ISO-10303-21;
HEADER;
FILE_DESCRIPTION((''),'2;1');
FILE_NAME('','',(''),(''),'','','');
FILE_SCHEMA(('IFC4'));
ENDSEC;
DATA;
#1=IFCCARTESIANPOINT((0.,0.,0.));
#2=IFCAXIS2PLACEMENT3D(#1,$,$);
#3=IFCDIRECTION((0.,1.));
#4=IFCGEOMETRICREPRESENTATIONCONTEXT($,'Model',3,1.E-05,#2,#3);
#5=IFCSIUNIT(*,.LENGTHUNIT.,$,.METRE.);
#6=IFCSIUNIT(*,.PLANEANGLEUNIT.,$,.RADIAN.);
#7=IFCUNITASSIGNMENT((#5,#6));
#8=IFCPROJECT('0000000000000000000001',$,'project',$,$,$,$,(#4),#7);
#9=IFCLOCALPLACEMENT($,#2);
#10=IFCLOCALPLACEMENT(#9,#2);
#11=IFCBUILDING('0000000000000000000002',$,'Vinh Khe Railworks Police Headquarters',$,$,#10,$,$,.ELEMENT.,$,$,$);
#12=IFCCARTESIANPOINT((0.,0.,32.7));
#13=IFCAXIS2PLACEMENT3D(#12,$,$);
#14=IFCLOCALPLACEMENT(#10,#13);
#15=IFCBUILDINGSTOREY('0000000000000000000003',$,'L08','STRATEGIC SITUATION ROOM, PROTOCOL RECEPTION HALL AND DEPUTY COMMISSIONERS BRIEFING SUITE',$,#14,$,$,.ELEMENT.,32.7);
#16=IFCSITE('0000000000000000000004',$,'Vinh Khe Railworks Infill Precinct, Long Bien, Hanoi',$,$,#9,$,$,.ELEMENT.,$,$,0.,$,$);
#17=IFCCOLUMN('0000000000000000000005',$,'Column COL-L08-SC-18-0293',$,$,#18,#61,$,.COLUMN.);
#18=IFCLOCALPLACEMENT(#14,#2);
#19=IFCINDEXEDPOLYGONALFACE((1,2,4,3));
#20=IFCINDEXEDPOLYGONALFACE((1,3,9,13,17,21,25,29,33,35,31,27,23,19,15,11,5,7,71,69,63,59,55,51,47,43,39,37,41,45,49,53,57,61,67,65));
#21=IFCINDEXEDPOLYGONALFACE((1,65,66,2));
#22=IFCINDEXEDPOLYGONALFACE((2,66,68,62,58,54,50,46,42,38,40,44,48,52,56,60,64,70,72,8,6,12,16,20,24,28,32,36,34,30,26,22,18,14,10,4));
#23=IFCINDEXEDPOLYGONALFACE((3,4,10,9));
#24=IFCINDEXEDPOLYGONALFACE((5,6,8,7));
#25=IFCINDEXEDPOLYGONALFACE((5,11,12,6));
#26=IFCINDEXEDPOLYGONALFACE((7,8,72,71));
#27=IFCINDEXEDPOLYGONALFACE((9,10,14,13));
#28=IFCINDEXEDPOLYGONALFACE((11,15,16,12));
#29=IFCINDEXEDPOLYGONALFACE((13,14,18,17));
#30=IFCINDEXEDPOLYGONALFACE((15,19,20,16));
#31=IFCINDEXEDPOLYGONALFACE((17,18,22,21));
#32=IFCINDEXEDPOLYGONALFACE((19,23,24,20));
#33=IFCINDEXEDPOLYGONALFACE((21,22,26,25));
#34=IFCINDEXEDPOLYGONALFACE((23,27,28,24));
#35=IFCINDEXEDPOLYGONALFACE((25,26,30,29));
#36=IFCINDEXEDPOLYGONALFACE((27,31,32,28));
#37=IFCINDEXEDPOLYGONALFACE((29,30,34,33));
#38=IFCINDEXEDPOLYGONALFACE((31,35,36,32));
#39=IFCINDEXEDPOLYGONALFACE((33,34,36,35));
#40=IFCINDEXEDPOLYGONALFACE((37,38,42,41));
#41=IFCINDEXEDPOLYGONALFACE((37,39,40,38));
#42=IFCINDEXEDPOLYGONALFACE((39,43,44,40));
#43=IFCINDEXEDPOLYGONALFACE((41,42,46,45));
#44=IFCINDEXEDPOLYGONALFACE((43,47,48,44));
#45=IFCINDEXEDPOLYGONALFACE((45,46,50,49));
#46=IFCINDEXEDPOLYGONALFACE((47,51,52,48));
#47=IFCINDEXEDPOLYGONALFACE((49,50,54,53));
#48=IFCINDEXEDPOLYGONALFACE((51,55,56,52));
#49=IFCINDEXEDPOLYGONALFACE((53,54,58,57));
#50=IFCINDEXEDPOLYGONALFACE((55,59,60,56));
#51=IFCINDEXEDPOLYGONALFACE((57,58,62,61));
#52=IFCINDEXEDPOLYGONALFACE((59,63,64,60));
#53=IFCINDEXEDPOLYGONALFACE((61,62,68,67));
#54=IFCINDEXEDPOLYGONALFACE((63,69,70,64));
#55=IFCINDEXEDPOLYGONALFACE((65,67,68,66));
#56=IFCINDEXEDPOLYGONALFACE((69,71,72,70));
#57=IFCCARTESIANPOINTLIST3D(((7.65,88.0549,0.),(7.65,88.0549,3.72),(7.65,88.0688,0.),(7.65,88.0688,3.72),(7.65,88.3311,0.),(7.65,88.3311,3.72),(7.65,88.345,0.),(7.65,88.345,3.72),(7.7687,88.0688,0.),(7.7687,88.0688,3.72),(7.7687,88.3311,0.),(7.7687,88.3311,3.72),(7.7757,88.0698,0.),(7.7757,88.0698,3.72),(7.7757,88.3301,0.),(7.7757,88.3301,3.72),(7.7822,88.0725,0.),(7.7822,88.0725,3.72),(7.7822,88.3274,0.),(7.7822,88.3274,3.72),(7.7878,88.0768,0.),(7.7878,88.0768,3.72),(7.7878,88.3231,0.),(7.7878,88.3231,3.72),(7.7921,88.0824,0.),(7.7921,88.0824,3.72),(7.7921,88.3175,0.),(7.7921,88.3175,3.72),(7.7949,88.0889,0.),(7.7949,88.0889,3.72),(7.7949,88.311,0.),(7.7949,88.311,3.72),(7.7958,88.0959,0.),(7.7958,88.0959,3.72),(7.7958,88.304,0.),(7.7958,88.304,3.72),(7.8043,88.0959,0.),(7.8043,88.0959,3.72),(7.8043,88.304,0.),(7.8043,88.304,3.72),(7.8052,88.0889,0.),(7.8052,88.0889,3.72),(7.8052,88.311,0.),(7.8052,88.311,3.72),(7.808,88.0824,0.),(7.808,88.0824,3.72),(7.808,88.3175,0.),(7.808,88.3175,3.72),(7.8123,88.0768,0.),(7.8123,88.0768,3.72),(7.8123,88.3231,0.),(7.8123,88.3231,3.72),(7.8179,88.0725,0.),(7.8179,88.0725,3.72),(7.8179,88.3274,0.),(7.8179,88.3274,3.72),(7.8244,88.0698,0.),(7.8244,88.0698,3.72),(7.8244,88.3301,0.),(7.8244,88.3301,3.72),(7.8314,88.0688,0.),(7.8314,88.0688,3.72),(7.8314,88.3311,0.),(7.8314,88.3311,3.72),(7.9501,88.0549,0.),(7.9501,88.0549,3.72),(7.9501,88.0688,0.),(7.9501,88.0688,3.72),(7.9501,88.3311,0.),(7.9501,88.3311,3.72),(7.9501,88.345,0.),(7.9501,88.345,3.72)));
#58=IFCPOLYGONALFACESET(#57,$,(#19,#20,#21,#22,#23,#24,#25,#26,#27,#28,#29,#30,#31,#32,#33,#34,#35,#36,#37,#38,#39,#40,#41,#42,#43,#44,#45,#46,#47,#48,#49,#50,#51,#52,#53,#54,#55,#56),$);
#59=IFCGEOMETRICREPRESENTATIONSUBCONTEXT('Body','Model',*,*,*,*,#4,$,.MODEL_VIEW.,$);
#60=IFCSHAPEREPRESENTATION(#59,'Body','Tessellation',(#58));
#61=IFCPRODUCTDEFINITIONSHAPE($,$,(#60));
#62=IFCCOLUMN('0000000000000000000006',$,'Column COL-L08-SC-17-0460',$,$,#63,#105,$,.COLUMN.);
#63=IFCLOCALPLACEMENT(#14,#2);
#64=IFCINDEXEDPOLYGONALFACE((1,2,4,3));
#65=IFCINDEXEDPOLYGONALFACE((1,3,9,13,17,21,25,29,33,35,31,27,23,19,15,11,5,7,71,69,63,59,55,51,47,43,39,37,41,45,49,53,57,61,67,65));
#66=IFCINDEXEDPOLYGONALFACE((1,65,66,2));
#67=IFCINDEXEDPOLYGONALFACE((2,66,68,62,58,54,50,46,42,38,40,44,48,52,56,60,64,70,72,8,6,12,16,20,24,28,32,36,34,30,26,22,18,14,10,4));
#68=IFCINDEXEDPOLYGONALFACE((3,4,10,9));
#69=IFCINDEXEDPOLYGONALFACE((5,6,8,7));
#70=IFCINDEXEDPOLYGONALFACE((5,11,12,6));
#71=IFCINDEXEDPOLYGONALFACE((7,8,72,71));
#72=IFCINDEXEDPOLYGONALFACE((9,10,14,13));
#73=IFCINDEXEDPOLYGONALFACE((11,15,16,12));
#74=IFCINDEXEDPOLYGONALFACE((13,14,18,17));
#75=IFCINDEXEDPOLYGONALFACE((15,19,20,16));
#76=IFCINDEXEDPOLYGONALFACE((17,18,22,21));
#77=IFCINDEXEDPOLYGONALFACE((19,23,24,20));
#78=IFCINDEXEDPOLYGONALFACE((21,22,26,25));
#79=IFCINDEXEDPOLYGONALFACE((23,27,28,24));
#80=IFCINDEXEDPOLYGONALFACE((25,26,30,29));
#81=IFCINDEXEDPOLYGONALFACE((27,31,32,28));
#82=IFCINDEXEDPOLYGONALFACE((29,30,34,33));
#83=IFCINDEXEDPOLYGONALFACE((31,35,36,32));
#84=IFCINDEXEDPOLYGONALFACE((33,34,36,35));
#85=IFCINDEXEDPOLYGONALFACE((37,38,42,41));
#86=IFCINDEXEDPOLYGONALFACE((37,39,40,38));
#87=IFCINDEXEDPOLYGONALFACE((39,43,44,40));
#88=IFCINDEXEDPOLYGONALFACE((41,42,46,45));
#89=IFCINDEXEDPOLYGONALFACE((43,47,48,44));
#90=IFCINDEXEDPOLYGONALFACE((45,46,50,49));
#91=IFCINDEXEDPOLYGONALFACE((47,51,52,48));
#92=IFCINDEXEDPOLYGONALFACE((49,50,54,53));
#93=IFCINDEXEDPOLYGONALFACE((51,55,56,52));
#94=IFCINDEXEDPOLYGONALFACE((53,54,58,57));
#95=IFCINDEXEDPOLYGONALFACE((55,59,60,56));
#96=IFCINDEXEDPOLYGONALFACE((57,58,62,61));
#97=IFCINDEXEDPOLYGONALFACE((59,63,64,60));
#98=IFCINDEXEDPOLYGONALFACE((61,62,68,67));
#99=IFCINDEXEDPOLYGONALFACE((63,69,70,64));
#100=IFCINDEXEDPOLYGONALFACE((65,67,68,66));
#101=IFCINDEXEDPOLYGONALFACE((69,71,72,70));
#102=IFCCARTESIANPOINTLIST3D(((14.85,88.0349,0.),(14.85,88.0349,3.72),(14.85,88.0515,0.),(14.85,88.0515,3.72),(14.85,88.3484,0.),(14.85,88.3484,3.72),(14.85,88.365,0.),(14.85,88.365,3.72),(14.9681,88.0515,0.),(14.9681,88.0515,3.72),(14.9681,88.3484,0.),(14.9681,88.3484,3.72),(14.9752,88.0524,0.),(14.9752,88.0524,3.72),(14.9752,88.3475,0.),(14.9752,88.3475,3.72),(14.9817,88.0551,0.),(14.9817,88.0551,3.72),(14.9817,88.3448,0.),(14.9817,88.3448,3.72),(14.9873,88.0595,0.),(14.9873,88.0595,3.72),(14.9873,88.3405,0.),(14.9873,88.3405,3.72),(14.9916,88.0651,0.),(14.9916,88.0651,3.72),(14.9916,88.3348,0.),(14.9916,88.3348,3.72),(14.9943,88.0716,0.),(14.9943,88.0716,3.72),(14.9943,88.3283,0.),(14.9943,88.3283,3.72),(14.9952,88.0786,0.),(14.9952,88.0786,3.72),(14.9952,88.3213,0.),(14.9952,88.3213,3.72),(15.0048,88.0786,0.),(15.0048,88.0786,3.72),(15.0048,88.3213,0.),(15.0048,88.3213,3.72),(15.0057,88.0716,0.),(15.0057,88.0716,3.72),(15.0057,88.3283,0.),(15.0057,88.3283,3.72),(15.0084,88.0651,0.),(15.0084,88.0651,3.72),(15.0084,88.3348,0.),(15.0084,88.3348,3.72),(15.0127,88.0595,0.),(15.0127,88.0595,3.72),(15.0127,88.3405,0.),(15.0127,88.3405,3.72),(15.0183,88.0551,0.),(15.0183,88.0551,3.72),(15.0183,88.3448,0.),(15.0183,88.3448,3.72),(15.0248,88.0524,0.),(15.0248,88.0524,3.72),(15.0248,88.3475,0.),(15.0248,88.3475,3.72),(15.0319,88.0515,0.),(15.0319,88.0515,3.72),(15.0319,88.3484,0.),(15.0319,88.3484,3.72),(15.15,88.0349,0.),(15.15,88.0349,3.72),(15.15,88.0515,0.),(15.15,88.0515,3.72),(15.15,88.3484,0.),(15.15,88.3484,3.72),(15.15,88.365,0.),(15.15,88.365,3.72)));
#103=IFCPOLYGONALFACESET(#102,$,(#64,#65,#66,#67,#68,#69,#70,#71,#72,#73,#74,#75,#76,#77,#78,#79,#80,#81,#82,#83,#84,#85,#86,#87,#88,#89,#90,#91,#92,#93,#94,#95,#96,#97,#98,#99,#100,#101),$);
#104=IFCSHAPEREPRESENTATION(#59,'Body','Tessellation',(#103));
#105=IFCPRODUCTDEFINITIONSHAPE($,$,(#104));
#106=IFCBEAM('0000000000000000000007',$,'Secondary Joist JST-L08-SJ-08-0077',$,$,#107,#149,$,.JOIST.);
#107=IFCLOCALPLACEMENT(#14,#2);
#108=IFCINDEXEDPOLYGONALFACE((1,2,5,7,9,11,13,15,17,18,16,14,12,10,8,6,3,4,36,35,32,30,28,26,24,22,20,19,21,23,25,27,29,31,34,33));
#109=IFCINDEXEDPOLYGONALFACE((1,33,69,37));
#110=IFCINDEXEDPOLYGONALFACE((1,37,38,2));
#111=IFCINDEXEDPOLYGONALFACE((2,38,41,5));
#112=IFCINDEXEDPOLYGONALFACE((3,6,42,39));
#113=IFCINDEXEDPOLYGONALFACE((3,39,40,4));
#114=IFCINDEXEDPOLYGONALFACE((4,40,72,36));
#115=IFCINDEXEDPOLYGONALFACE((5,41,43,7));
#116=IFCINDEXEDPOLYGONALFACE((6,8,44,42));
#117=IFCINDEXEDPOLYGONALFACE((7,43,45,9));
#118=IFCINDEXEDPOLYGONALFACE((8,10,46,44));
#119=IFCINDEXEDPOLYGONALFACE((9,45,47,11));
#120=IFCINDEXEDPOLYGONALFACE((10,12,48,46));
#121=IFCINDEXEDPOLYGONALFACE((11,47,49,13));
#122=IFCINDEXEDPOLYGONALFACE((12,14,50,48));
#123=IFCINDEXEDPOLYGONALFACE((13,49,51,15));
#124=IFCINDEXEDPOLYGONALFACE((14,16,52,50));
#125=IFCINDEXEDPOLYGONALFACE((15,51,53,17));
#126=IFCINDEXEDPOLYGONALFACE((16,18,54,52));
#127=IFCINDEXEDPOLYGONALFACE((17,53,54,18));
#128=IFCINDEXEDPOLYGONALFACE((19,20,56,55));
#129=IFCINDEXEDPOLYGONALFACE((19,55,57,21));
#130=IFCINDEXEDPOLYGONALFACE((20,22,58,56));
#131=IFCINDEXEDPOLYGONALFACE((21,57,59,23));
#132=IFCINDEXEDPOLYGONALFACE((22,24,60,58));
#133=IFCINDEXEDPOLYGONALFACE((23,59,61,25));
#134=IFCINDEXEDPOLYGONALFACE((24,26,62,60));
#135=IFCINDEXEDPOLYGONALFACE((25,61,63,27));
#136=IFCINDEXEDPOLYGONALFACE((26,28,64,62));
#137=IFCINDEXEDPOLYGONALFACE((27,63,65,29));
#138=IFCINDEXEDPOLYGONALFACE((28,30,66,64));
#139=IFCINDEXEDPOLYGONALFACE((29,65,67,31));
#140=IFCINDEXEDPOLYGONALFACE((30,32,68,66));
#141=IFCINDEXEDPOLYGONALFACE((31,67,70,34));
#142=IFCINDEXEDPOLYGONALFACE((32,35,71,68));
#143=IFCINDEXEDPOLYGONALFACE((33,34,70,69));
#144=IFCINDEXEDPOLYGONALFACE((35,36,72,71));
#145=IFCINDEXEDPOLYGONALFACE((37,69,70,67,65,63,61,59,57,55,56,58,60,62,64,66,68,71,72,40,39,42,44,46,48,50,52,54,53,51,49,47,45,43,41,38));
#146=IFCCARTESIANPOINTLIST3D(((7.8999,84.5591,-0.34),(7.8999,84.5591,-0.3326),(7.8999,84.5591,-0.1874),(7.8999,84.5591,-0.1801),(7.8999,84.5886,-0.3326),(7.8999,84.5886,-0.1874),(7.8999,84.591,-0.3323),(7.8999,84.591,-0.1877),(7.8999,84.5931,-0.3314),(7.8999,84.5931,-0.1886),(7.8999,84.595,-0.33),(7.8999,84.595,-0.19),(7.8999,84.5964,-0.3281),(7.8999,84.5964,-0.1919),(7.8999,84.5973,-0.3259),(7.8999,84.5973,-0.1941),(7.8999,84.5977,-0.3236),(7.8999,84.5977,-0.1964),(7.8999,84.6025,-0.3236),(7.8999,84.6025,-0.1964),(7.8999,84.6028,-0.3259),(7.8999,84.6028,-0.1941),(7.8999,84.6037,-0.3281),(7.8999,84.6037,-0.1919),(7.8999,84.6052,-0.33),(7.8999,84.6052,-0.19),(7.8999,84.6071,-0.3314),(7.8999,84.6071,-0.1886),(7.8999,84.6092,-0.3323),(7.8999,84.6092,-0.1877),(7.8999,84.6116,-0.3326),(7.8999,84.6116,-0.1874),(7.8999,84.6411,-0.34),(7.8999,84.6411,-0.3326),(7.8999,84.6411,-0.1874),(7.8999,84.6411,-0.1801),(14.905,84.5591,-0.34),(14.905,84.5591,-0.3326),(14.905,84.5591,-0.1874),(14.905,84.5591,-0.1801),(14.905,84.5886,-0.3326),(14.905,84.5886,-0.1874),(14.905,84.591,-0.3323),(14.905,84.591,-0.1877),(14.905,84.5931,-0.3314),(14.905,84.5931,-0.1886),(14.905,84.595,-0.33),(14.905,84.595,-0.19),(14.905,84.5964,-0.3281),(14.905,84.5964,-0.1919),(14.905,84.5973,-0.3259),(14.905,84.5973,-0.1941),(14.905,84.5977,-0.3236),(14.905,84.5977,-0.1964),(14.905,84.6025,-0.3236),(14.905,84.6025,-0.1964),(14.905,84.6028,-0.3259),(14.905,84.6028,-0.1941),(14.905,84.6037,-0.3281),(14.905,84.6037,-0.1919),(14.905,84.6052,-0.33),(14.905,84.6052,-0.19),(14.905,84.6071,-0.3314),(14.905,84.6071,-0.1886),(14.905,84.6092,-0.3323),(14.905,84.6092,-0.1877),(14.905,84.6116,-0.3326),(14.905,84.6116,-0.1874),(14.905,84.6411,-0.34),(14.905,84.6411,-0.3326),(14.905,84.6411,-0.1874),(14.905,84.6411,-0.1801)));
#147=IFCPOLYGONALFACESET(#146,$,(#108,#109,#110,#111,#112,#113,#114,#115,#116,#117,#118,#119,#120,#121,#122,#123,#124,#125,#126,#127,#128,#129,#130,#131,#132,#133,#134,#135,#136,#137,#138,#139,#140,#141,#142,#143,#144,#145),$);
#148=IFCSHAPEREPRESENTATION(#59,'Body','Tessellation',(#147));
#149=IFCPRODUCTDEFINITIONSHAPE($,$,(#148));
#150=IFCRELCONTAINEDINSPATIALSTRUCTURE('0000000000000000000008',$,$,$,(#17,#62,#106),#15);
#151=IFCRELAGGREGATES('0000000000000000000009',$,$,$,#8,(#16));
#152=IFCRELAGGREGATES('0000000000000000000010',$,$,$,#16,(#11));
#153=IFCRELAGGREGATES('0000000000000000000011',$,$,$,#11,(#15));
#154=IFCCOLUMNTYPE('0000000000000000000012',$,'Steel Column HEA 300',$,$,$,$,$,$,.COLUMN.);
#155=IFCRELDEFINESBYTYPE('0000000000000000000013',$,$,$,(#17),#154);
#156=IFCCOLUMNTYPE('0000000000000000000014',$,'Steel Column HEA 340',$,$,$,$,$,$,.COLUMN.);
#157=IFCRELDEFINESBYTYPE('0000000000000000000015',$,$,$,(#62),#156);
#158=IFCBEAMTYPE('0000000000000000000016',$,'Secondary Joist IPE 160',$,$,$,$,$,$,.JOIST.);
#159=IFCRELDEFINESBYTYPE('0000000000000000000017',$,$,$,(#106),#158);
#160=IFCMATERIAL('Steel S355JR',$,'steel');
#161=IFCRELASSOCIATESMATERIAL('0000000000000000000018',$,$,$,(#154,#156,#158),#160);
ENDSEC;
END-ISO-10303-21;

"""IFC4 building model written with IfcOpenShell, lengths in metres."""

from ifc_helpers import new_model, si_unit, direction, frame, origin, origin_2d, place, context, subcontext, project, spatial, i_section, extrude, material, material_profile, profile_set, type_object, element, save


model = new_model("IFC4")

# Units and contexts
model_context = context("Model", 3, precision=1e-05, world=origin(), true_north=direction((0.0, 1.0)))
body_context = subcontext(model_context, "Body", "Model", "MODEL_VIEW")
ifc_project = project(units=[si_unit("LENGTHUNIT", "METRE"), si_unit("PLANEANGLEUNIT", "RADIAN")], contexts=[model_context])

# Site, building, storey
site_placement = place(None, origin())
site = spatial("IfcSite", under=ifc_project, at=site_placement, Name="Vinh Khe Railworks Infill Precinct, Long Bien, Hanoi", CompositionType="ELEMENT", RefElevation=0.0)
building_placement = place(site_placement, origin())
building = spatial("IfcBuilding", under=site, at=building_placement, Name="Vinh Khe Railworks Police Headquarters", CompositionType="ELEMENT")
storey_placement = place(building_placement, frame((0.0, 0.0, 32.7)))
storey = spatial("IfcBuildingStorey", under=building, at=storey_placement, Name="L08", Description="STRATEGIC SITUATION ROOM, PROTOCOL RECEPTION HALL AND DEPUTY COMMISSIONERS BRIEFING SUITE", CompositionType="ELEMENT", Elevation=32.7)

# Columns
ifc_material_1 = material(Name="Steel S355JR", Category="steel")
ifc_material_profile_1 = material_profile(ifc_material_1, i_section(OverallWidth=0.3, OverallDepth=0.29, WebThickness=0.0085, FlangeThickness=0.0139, FilletRadius=0.0271, at=origin_2d()), Name="HEA 300")
ifc_profile_set_1 = profile_set([ifc_material_profile_1], Name="Steel S355JR")
column_type_1 = type_object("IfcColumnType", Name="Steel Column HEA 300", PredefinedType="COLUMN", material=ifc_profile_set_1)
column_1_placement = place(storey_placement, frame((7.8, 88.2, 0.0), z_axis=(0.0, 0.0, 1.0), x_axis=(1.0, 0.0, 0.0)))
element("IfcColumn", 1, at=column_1_placement, inside=storey, type_object=column_type_1, Name="Column COL-L08-SC-18-0293", PredefinedType="COLUMN", context=body_context, shape_type="SweptSolid", body=[
    extrude(i_section(OverallWidth=0.3, OverallDepth=0.29, WebThickness=0.0085, FlangeThickness=0.0139, FilletRadius=0.0271, at=origin_2d()), origin(), (0.0, 0.0, 1.0), 3.72),
])
ifc_material_profile_2 = material_profile(ifc_material_1, i_section(OverallWidth=0.3, OverallDepth=0.3301, WebThickness=0.0095, FlangeThickness=0.0166, FilletRadius=0.0271, at=origin_2d()), Name="HEA 340")
ifc_profile_set_2 = profile_set([ifc_material_profile_2], Name="Steel S355JR")
column_type_2 = type_object("IfcColumnType", Name="Steel Column HEA 340", PredefinedType="COLUMN", material=ifc_profile_set_2)
column_2_placement = place(storey_placement, frame((15.0, 88.2, 0.0), z_axis=(0.0, 0.0, 1.0), x_axis=(1.0, 0.0, 0.0)))
element("IfcColumn", 2, at=column_2_placement, inside=storey, type_object=column_type_2, Name="Column COL-L08-SC-17-0460", PredefinedType="COLUMN", context=body_context, shape_type="SweptSolid", body=[
    extrude(i_section(OverallWidth=0.3, OverallDepth=0.3301, WebThickness=0.0095, FlangeThickness=0.0166, FilletRadius=0.0271, at=origin_2d()), origin(), (0.0, 0.0, 1.0), 3.72),
])

# Beam
ifc_material_profile_3 = material_profile(ifc_material_1, i_section(OverallWidth=0.082, OverallDepth=0.1599, WebThickness=0.0049, FlangeThickness=0.0073, FilletRadius=0.009, at=origin_2d()), Name="IPE 160")
ifc_profile_set_3 = profile_set([ifc_material_profile_3], Name="Steel S355JR")
beam_type_1 = type_object("IfcBeamType", Name="Secondary Joist IPE 160", PredefinedType="JOIST", material=ifc_profile_set_3)
beam_1_placement = place(storey_placement, frame((7.8999, 84.6001, -0.26), z_axis=(1.0, 0.0, 0.0), x_axis=(0.0, 1.0, 0.0)))
element("IfcBeam", 3, at=beam_1_placement, inside=storey, type_object=beam_type_1, Name="Secondary Joist JST-L08-SJ-08-0077", PredefinedType="JOIST", context=body_context, shape_type="SweptSolid", body=[
    extrude(i_section(OverallWidth=0.082, OverallDepth=0.1599, WebThickness=0.0049, FlangeThickness=0.0073, FilletRadius=0.009, at=origin_2d()), origin(), (0.0, 0.0, 1.0), 7.0051),
])

save(model, "model.ifc")
